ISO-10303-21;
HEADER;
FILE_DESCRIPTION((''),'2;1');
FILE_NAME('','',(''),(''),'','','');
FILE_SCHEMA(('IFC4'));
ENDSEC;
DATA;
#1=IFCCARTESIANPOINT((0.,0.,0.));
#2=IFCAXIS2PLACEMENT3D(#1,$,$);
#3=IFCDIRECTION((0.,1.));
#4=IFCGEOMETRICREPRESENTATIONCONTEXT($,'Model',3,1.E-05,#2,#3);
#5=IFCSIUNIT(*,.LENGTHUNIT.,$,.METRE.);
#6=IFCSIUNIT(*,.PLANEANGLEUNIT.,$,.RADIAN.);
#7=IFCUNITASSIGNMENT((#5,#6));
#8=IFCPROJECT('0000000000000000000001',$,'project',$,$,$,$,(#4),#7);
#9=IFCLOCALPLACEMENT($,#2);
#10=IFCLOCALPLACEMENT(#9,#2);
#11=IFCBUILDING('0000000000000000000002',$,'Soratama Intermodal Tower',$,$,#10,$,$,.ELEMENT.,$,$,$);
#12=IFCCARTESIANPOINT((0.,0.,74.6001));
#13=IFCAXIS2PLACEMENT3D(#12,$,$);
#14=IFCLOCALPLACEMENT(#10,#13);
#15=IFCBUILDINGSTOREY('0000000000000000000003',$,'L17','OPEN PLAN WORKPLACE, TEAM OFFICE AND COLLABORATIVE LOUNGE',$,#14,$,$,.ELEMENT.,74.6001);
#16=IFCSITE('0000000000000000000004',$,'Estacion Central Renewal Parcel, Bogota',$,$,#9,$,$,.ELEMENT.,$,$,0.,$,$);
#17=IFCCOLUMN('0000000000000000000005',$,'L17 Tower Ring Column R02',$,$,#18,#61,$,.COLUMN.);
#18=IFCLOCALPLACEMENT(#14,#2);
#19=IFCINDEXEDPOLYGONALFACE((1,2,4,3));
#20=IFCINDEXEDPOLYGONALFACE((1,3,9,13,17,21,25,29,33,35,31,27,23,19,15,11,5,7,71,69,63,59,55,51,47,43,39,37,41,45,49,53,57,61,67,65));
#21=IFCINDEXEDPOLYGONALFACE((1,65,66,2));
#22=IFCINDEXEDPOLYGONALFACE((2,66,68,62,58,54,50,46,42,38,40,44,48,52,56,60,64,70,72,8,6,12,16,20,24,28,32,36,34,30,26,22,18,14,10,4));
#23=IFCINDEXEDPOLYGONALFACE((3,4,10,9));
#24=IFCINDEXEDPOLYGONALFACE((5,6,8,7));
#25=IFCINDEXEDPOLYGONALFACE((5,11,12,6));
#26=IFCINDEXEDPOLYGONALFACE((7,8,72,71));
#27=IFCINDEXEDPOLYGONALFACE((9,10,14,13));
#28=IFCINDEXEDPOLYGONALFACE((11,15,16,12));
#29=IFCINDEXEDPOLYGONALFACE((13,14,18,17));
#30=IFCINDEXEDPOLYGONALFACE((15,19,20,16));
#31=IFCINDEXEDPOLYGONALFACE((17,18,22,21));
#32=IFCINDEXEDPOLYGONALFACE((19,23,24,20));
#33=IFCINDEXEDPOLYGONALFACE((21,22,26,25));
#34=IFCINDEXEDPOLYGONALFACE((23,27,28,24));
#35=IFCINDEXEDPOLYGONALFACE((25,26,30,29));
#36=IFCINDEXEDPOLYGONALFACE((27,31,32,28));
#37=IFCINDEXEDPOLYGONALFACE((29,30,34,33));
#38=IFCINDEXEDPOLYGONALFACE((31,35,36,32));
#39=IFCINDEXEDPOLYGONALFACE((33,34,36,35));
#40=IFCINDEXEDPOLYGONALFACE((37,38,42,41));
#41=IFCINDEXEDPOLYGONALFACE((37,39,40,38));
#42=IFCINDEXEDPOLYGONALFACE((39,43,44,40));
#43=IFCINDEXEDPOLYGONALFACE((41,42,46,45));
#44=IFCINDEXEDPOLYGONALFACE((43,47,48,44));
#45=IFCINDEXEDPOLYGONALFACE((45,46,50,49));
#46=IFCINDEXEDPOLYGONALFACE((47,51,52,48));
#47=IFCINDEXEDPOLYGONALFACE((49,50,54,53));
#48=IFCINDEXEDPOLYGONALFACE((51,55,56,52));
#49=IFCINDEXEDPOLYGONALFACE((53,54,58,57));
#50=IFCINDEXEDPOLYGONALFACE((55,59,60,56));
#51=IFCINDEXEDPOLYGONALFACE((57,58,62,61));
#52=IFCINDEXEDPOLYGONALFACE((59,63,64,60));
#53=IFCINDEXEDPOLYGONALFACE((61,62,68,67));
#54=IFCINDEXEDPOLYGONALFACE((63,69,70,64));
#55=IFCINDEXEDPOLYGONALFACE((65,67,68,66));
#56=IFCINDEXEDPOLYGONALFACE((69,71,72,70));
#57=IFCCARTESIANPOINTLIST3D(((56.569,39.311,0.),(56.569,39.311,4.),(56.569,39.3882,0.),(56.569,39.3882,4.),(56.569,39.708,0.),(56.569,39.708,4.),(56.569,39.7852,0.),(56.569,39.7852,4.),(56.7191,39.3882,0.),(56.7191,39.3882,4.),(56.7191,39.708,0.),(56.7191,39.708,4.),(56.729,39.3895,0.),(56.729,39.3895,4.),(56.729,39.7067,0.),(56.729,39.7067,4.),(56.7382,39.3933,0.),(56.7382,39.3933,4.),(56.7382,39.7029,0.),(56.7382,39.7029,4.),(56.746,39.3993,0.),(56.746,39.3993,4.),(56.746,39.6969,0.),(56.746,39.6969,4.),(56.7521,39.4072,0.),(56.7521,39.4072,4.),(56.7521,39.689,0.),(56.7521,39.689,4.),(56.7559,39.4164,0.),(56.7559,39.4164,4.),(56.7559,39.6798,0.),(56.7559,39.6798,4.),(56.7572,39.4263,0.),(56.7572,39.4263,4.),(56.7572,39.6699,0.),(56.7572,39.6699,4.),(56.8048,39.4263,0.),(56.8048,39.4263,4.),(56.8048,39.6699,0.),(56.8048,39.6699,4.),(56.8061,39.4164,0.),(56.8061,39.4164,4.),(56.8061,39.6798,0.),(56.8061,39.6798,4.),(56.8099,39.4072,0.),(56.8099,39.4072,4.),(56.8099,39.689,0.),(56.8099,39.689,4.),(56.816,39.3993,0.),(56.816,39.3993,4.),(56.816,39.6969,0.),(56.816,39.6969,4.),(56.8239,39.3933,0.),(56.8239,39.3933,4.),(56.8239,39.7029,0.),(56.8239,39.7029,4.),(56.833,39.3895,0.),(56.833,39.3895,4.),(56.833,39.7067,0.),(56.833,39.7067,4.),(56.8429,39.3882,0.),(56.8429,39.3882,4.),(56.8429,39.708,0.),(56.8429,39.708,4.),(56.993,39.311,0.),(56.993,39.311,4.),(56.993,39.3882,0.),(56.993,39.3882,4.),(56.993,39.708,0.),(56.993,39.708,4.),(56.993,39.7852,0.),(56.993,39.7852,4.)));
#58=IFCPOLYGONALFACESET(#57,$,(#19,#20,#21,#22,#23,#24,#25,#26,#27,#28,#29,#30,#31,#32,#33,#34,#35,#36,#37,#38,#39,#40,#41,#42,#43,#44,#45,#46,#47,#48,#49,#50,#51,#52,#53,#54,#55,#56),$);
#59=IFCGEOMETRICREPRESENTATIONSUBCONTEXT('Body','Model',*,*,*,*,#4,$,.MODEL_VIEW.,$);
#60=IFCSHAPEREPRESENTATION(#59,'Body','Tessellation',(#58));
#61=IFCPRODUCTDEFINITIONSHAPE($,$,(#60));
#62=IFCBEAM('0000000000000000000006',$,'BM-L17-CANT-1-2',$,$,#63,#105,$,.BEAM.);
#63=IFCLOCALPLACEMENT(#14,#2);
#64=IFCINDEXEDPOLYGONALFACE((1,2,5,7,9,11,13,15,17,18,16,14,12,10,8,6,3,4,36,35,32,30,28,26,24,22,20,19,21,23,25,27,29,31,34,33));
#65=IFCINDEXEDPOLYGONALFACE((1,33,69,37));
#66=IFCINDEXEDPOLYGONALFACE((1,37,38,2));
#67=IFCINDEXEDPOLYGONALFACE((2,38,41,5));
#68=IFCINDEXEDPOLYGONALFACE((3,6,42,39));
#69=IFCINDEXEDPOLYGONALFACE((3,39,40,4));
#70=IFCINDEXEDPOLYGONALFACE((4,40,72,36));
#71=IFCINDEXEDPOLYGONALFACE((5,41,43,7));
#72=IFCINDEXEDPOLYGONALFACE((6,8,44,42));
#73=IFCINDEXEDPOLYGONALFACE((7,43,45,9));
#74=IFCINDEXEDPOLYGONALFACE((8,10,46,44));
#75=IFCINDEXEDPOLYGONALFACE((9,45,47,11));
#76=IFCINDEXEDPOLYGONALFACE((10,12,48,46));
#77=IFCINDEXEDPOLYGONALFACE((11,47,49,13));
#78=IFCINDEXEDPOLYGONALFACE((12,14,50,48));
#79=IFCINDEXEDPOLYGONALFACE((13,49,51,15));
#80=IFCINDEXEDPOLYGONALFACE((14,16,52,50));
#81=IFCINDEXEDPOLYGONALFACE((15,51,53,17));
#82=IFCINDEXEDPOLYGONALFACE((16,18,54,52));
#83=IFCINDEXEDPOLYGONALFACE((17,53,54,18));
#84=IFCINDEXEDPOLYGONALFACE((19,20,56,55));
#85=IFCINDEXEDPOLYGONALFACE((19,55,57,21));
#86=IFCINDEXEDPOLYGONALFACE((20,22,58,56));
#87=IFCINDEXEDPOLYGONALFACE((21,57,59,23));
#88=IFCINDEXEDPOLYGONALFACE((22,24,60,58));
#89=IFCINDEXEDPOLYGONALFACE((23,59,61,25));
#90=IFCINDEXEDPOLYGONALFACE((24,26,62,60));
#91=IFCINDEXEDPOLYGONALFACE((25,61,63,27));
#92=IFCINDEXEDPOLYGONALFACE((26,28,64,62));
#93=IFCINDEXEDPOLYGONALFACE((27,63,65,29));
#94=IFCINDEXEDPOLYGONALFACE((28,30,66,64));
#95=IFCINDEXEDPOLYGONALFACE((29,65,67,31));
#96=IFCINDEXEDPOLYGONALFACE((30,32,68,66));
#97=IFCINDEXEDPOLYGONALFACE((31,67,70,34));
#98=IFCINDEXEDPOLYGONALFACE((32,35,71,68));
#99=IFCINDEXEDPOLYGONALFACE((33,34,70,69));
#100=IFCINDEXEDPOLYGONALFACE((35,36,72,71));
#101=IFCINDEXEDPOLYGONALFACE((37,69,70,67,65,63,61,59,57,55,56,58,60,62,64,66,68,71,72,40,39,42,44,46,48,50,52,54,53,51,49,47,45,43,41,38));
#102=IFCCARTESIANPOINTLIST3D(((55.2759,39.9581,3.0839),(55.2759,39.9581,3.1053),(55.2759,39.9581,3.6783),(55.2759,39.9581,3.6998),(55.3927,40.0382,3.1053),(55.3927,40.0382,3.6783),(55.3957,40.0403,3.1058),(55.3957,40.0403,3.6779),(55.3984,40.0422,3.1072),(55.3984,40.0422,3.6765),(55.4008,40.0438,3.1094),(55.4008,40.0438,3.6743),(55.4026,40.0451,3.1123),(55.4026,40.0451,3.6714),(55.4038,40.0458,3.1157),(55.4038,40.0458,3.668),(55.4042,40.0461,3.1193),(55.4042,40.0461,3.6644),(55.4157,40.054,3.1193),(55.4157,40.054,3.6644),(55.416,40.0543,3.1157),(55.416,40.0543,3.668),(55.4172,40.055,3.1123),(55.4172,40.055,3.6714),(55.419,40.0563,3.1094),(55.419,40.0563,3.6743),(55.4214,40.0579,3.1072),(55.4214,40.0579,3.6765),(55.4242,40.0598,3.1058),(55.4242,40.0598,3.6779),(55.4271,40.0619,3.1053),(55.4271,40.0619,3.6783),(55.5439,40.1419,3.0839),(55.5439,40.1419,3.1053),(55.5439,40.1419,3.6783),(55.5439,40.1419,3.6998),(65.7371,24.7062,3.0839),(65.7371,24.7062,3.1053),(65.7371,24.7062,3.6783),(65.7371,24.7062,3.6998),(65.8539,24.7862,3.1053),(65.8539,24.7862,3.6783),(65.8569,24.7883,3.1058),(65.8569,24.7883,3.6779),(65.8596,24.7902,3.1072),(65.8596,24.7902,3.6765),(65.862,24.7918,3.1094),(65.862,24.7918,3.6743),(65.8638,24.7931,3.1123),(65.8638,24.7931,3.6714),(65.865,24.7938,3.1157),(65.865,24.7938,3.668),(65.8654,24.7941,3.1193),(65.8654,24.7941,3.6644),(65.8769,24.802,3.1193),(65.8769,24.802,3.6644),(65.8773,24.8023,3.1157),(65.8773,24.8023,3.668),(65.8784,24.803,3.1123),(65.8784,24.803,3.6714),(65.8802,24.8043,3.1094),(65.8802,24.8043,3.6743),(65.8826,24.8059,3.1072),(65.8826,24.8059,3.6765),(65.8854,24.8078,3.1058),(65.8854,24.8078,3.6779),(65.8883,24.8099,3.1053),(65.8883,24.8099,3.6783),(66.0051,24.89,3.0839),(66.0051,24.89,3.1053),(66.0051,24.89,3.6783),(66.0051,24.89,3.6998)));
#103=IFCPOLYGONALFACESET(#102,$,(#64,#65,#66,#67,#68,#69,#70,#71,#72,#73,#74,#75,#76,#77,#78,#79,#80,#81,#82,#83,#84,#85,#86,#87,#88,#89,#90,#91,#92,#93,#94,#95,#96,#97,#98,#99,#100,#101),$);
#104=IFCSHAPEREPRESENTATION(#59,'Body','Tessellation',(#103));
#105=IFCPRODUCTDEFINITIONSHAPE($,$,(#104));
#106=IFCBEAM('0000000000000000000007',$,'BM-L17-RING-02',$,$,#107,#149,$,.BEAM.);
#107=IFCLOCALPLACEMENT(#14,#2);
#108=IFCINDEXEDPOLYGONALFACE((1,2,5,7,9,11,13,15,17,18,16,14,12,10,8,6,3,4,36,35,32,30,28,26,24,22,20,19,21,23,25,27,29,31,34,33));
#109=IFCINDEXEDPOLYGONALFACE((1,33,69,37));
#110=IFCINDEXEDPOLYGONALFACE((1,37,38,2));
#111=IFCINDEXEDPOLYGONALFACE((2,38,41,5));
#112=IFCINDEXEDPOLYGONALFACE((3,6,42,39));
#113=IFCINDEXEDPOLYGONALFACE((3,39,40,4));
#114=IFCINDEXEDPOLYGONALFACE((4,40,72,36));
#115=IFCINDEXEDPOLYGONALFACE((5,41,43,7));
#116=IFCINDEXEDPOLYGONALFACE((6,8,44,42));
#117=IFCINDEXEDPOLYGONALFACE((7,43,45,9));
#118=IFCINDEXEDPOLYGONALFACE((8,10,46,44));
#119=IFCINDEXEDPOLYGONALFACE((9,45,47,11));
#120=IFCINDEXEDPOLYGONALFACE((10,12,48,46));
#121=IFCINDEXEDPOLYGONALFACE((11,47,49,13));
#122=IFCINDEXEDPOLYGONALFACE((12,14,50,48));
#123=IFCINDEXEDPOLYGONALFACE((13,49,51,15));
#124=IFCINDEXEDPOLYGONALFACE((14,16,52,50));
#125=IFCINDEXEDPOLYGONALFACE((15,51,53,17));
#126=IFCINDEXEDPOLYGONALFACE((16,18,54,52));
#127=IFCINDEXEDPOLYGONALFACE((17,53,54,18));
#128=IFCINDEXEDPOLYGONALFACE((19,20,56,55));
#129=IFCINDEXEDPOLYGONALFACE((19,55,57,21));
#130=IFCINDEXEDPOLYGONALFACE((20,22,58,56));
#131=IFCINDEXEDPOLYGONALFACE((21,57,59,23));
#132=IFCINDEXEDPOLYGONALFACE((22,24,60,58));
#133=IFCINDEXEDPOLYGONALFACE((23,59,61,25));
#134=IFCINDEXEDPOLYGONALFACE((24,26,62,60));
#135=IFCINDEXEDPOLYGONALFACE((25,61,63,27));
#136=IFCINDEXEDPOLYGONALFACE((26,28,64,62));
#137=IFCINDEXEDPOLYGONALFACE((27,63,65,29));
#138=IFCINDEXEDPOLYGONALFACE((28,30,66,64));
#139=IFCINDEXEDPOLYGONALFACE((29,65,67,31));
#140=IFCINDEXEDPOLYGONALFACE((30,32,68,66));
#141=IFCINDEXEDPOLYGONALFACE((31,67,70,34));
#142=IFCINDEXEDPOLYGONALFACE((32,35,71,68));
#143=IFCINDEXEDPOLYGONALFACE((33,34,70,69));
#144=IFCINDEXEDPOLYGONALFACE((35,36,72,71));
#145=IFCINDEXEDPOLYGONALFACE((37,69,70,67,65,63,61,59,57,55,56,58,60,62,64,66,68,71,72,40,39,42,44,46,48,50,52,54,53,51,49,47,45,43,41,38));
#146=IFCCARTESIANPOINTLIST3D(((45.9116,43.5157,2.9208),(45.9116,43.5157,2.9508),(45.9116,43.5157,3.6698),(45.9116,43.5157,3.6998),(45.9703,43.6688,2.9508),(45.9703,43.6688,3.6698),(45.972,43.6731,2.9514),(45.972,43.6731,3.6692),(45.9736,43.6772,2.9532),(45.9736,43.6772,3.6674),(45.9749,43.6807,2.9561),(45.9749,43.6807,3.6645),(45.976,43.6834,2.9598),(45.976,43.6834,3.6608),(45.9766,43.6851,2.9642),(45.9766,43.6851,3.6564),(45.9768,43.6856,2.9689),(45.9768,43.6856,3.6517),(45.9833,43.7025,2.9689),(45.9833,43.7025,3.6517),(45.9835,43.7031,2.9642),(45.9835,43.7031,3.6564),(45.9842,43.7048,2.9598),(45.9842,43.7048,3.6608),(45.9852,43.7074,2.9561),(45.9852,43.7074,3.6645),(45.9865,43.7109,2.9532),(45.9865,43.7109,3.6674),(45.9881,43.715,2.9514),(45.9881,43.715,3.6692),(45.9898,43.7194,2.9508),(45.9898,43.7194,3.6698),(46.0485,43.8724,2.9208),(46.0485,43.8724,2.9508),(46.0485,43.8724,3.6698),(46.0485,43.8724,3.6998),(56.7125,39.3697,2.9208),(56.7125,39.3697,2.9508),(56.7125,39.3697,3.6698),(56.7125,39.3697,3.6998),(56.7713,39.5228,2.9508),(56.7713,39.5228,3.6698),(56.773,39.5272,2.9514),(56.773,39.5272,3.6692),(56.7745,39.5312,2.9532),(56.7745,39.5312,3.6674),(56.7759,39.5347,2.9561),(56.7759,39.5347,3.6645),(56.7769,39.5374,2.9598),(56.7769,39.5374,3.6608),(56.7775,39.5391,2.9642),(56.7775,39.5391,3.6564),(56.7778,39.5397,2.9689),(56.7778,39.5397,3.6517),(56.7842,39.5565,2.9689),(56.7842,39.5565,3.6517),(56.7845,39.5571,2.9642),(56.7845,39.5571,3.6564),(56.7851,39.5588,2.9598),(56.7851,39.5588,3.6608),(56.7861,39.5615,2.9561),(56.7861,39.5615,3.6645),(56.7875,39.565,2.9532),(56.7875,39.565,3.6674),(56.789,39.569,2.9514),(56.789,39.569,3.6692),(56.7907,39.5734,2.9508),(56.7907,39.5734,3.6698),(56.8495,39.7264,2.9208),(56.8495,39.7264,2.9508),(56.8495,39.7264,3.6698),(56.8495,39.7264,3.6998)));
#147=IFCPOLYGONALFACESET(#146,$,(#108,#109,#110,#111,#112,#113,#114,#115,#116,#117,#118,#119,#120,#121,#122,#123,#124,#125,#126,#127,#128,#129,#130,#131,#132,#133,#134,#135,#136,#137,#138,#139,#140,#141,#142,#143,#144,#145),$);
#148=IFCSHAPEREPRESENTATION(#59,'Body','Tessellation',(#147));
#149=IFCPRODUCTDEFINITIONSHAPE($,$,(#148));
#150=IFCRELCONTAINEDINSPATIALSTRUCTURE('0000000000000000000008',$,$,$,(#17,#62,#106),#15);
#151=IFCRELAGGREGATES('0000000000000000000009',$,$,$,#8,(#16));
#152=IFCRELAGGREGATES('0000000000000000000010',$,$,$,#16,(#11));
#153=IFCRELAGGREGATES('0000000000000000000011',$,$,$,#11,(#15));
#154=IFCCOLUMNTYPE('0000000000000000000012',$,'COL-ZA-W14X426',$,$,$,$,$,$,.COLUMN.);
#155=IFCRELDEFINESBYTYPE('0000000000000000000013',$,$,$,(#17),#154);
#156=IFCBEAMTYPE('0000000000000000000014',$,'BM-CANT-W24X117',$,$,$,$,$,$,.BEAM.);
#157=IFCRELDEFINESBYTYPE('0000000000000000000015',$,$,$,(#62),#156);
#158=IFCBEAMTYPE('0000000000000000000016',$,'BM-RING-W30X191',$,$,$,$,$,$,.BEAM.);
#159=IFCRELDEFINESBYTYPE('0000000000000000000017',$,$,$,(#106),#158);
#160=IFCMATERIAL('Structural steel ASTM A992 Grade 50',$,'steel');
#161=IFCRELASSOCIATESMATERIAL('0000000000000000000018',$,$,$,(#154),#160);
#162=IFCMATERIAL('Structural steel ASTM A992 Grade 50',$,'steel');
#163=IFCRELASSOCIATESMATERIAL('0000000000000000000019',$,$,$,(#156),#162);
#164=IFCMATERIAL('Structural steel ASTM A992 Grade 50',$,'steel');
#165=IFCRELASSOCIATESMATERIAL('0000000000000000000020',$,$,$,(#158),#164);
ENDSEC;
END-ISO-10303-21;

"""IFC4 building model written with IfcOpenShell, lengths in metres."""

from ifc_helpers import new_model, si_unit, direction, frame, origin, origin_2d, place, context, subcontext, project, spatial, i_section, extrude, material, material_profile, profile_set, type_object, element, save


model = new_model("IFC4")

# Units and contexts
model_context = context("Model", 3, precision=1e-05, world=origin(), true_north=direction((0.0, 1.0)))
body_context = subcontext(model_context, "Body", "Model", "MODEL_VIEW")
ifc_project = project(units=[si_unit("LENGTHUNIT", "METRE"), si_unit("PLANEANGLEUNIT", "RADIAN")], contexts=[model_context])

# Site, building, storey
site_placement = place(None, origin())
site = spatial("IfcSite", under=ifc_project, at=site_placement, Name="Estacion Central Renewal Parcel, Bogota", CompositionType="ELEMENT", RefElevation=0.0)
building_placement = place(site_placement, origin())
building = spatial("IfcBuilding", under=site, at=building_placement, Name="Soratama Intermodal Tower", CompositionType="ELEMENT")
storey_placement = place(building_placement, frame((0.0, 0.0, 74.6001)))
storey = spatial("IfcBuildingStorey", under=building, at=storey_placement, Name="L17", Description="OPEN PLAN WORKPLACE, TEAM OFFICE AND COLLABORATIVE LOUNGE", CompositionType="ELEMENT", Elevation=74.6001)

# Column
ifc_material_1 = material(Name="Structural steel ASTM A992 Grade 50", Category="steel")
ifc_material_profile_1 = material_profile(ifc_material_1, i_section(OverallWidth=0.4241, OverallDepth=0.4741, WebThickness=0.0476, FlangeThickness=0.0771, FilletRadius=0.0381, at=origin_2d()), Name="W14X426")
ifc_profile_set_1 = profile_set([ifc_material_profile_1], Name="Structural steel ASTM A992 Grade 50")
column_type = type_object("IfcColumnType", Name="COL-ZA-W14X426", PredefinedType="COLUMN", material=ifc_profile_set_1)
column_placement = place(storey_placement, frame((56.781, 39.5481, 0.0), z_axis=(0.0, 0.0, 1.0), x_axis=(1.0, 0.0, 0.0)))
element("IfcColumn", 1, at=column_placement, inside=storey, type_object=column_type, Name="L17 Tower Ring Column R02", PredefinedType="COLUMN", context=body_context, shape_type="SweptSolid", body=[
    extrude(i_section(OverallWidth=0.4241, OverallDepth=0.4741, WebThickness=0.0476, FlangeThickness=0.0771, FilletRadius=0.0381, at=origin_2d()), origin(), (0.0, 0.0, 1.0), 4.0),
])

# Beams
ifc_material_2 = material(Name="Structural steel ASTM A992 Grade 50", Category="steel")
ifc_material_profile_2 = material_profile(ifc_material_2, i_section(OverallWidth=0.325, OverallDepth=0.616, WebThickness=0.0139, FlangeThickness=0.0215, FilletRadius=0.0139, at=origin_2d()), Name="W24X117")
ifc_profile_set_2 = profile_set([ifc_material_profile_2], Name="Structural steel ASTM A992 Grade 50")
beam_type_1 = type_object("IfcBeamType", Name="BM-CANT-W24X117", PredefinedType="BEAM", material=ifc_profile_set_2)
beam_1_placement = place(storey_placement, frame((55.4099, 40.05, 3.3918), z_axis=(0.565628, -0.824661, 0.0), x_axis=(0.824661, 0.565628, 0.0)))
element("IfcBeam", 2, at=beam_1_placement, inside=storey, type_object=beam_type_1, Name="BM-L17-CANT-1-2", PredefinedType="BEAM", context=body_context, shape_type="SweptSolid", body=[
    extrude(i_section(OverallWidth=0.325, OverallDepth=0.616, WebThickness=0.0139, FlangeThickness=0.0215, FilletRadius=0.0139, at=origin_2d()), origin(), (0.0, 0.0, 1.0), 18.4949),
])
ifc_material_3 = material(Name="Structural steel ASTM A992 Grade 50", Category="steel")
ifc_material_profile_3 = material_profile(ifc_material_3, i_section(OverallWidth=0.3821, OverallDepth=0.7791, WebThickness=0.0181, FlangeThickness=0.03, FilletRadius=0.0181, at=origin_2d()), Name="W30X191")
ifc_profile_set_3 = profile_set([ifc_material_profile_3], Name="Structural steel ASTM A992 Grade 50")
beam_type_2 = type_object("IfcBeamType", Name="BM-RING-W30X191", PredefinedType="BEAM", material=ifc_profile_set_3)
beam_2_placement = place(storey_placement, frame((56.781, 39.5481, 3.3103), z_axis=(-0.933584, 0.358358, 0.0), x_axis=(-0.358358, -0.933584, 0.0)))
element("IfcBeam", 3, at=beam_2_placement, inside=storey, type_object=beam_type_2, Name="BM-L17-RING-02", PredefinedType="BEAM", context=body_context, shape_type="SweptSolid", body=[
    extrude(i_section(OverallWidth=0.3821, OverallDepth=0.7791, WebThickness=0.0181, FlangeThickness=0.03, FilletRadius=0.0181, at=origin_2d()), origin(), (0.0, 0.0, 1.0), 11.5693),
])

save(model, "model.ifc")
